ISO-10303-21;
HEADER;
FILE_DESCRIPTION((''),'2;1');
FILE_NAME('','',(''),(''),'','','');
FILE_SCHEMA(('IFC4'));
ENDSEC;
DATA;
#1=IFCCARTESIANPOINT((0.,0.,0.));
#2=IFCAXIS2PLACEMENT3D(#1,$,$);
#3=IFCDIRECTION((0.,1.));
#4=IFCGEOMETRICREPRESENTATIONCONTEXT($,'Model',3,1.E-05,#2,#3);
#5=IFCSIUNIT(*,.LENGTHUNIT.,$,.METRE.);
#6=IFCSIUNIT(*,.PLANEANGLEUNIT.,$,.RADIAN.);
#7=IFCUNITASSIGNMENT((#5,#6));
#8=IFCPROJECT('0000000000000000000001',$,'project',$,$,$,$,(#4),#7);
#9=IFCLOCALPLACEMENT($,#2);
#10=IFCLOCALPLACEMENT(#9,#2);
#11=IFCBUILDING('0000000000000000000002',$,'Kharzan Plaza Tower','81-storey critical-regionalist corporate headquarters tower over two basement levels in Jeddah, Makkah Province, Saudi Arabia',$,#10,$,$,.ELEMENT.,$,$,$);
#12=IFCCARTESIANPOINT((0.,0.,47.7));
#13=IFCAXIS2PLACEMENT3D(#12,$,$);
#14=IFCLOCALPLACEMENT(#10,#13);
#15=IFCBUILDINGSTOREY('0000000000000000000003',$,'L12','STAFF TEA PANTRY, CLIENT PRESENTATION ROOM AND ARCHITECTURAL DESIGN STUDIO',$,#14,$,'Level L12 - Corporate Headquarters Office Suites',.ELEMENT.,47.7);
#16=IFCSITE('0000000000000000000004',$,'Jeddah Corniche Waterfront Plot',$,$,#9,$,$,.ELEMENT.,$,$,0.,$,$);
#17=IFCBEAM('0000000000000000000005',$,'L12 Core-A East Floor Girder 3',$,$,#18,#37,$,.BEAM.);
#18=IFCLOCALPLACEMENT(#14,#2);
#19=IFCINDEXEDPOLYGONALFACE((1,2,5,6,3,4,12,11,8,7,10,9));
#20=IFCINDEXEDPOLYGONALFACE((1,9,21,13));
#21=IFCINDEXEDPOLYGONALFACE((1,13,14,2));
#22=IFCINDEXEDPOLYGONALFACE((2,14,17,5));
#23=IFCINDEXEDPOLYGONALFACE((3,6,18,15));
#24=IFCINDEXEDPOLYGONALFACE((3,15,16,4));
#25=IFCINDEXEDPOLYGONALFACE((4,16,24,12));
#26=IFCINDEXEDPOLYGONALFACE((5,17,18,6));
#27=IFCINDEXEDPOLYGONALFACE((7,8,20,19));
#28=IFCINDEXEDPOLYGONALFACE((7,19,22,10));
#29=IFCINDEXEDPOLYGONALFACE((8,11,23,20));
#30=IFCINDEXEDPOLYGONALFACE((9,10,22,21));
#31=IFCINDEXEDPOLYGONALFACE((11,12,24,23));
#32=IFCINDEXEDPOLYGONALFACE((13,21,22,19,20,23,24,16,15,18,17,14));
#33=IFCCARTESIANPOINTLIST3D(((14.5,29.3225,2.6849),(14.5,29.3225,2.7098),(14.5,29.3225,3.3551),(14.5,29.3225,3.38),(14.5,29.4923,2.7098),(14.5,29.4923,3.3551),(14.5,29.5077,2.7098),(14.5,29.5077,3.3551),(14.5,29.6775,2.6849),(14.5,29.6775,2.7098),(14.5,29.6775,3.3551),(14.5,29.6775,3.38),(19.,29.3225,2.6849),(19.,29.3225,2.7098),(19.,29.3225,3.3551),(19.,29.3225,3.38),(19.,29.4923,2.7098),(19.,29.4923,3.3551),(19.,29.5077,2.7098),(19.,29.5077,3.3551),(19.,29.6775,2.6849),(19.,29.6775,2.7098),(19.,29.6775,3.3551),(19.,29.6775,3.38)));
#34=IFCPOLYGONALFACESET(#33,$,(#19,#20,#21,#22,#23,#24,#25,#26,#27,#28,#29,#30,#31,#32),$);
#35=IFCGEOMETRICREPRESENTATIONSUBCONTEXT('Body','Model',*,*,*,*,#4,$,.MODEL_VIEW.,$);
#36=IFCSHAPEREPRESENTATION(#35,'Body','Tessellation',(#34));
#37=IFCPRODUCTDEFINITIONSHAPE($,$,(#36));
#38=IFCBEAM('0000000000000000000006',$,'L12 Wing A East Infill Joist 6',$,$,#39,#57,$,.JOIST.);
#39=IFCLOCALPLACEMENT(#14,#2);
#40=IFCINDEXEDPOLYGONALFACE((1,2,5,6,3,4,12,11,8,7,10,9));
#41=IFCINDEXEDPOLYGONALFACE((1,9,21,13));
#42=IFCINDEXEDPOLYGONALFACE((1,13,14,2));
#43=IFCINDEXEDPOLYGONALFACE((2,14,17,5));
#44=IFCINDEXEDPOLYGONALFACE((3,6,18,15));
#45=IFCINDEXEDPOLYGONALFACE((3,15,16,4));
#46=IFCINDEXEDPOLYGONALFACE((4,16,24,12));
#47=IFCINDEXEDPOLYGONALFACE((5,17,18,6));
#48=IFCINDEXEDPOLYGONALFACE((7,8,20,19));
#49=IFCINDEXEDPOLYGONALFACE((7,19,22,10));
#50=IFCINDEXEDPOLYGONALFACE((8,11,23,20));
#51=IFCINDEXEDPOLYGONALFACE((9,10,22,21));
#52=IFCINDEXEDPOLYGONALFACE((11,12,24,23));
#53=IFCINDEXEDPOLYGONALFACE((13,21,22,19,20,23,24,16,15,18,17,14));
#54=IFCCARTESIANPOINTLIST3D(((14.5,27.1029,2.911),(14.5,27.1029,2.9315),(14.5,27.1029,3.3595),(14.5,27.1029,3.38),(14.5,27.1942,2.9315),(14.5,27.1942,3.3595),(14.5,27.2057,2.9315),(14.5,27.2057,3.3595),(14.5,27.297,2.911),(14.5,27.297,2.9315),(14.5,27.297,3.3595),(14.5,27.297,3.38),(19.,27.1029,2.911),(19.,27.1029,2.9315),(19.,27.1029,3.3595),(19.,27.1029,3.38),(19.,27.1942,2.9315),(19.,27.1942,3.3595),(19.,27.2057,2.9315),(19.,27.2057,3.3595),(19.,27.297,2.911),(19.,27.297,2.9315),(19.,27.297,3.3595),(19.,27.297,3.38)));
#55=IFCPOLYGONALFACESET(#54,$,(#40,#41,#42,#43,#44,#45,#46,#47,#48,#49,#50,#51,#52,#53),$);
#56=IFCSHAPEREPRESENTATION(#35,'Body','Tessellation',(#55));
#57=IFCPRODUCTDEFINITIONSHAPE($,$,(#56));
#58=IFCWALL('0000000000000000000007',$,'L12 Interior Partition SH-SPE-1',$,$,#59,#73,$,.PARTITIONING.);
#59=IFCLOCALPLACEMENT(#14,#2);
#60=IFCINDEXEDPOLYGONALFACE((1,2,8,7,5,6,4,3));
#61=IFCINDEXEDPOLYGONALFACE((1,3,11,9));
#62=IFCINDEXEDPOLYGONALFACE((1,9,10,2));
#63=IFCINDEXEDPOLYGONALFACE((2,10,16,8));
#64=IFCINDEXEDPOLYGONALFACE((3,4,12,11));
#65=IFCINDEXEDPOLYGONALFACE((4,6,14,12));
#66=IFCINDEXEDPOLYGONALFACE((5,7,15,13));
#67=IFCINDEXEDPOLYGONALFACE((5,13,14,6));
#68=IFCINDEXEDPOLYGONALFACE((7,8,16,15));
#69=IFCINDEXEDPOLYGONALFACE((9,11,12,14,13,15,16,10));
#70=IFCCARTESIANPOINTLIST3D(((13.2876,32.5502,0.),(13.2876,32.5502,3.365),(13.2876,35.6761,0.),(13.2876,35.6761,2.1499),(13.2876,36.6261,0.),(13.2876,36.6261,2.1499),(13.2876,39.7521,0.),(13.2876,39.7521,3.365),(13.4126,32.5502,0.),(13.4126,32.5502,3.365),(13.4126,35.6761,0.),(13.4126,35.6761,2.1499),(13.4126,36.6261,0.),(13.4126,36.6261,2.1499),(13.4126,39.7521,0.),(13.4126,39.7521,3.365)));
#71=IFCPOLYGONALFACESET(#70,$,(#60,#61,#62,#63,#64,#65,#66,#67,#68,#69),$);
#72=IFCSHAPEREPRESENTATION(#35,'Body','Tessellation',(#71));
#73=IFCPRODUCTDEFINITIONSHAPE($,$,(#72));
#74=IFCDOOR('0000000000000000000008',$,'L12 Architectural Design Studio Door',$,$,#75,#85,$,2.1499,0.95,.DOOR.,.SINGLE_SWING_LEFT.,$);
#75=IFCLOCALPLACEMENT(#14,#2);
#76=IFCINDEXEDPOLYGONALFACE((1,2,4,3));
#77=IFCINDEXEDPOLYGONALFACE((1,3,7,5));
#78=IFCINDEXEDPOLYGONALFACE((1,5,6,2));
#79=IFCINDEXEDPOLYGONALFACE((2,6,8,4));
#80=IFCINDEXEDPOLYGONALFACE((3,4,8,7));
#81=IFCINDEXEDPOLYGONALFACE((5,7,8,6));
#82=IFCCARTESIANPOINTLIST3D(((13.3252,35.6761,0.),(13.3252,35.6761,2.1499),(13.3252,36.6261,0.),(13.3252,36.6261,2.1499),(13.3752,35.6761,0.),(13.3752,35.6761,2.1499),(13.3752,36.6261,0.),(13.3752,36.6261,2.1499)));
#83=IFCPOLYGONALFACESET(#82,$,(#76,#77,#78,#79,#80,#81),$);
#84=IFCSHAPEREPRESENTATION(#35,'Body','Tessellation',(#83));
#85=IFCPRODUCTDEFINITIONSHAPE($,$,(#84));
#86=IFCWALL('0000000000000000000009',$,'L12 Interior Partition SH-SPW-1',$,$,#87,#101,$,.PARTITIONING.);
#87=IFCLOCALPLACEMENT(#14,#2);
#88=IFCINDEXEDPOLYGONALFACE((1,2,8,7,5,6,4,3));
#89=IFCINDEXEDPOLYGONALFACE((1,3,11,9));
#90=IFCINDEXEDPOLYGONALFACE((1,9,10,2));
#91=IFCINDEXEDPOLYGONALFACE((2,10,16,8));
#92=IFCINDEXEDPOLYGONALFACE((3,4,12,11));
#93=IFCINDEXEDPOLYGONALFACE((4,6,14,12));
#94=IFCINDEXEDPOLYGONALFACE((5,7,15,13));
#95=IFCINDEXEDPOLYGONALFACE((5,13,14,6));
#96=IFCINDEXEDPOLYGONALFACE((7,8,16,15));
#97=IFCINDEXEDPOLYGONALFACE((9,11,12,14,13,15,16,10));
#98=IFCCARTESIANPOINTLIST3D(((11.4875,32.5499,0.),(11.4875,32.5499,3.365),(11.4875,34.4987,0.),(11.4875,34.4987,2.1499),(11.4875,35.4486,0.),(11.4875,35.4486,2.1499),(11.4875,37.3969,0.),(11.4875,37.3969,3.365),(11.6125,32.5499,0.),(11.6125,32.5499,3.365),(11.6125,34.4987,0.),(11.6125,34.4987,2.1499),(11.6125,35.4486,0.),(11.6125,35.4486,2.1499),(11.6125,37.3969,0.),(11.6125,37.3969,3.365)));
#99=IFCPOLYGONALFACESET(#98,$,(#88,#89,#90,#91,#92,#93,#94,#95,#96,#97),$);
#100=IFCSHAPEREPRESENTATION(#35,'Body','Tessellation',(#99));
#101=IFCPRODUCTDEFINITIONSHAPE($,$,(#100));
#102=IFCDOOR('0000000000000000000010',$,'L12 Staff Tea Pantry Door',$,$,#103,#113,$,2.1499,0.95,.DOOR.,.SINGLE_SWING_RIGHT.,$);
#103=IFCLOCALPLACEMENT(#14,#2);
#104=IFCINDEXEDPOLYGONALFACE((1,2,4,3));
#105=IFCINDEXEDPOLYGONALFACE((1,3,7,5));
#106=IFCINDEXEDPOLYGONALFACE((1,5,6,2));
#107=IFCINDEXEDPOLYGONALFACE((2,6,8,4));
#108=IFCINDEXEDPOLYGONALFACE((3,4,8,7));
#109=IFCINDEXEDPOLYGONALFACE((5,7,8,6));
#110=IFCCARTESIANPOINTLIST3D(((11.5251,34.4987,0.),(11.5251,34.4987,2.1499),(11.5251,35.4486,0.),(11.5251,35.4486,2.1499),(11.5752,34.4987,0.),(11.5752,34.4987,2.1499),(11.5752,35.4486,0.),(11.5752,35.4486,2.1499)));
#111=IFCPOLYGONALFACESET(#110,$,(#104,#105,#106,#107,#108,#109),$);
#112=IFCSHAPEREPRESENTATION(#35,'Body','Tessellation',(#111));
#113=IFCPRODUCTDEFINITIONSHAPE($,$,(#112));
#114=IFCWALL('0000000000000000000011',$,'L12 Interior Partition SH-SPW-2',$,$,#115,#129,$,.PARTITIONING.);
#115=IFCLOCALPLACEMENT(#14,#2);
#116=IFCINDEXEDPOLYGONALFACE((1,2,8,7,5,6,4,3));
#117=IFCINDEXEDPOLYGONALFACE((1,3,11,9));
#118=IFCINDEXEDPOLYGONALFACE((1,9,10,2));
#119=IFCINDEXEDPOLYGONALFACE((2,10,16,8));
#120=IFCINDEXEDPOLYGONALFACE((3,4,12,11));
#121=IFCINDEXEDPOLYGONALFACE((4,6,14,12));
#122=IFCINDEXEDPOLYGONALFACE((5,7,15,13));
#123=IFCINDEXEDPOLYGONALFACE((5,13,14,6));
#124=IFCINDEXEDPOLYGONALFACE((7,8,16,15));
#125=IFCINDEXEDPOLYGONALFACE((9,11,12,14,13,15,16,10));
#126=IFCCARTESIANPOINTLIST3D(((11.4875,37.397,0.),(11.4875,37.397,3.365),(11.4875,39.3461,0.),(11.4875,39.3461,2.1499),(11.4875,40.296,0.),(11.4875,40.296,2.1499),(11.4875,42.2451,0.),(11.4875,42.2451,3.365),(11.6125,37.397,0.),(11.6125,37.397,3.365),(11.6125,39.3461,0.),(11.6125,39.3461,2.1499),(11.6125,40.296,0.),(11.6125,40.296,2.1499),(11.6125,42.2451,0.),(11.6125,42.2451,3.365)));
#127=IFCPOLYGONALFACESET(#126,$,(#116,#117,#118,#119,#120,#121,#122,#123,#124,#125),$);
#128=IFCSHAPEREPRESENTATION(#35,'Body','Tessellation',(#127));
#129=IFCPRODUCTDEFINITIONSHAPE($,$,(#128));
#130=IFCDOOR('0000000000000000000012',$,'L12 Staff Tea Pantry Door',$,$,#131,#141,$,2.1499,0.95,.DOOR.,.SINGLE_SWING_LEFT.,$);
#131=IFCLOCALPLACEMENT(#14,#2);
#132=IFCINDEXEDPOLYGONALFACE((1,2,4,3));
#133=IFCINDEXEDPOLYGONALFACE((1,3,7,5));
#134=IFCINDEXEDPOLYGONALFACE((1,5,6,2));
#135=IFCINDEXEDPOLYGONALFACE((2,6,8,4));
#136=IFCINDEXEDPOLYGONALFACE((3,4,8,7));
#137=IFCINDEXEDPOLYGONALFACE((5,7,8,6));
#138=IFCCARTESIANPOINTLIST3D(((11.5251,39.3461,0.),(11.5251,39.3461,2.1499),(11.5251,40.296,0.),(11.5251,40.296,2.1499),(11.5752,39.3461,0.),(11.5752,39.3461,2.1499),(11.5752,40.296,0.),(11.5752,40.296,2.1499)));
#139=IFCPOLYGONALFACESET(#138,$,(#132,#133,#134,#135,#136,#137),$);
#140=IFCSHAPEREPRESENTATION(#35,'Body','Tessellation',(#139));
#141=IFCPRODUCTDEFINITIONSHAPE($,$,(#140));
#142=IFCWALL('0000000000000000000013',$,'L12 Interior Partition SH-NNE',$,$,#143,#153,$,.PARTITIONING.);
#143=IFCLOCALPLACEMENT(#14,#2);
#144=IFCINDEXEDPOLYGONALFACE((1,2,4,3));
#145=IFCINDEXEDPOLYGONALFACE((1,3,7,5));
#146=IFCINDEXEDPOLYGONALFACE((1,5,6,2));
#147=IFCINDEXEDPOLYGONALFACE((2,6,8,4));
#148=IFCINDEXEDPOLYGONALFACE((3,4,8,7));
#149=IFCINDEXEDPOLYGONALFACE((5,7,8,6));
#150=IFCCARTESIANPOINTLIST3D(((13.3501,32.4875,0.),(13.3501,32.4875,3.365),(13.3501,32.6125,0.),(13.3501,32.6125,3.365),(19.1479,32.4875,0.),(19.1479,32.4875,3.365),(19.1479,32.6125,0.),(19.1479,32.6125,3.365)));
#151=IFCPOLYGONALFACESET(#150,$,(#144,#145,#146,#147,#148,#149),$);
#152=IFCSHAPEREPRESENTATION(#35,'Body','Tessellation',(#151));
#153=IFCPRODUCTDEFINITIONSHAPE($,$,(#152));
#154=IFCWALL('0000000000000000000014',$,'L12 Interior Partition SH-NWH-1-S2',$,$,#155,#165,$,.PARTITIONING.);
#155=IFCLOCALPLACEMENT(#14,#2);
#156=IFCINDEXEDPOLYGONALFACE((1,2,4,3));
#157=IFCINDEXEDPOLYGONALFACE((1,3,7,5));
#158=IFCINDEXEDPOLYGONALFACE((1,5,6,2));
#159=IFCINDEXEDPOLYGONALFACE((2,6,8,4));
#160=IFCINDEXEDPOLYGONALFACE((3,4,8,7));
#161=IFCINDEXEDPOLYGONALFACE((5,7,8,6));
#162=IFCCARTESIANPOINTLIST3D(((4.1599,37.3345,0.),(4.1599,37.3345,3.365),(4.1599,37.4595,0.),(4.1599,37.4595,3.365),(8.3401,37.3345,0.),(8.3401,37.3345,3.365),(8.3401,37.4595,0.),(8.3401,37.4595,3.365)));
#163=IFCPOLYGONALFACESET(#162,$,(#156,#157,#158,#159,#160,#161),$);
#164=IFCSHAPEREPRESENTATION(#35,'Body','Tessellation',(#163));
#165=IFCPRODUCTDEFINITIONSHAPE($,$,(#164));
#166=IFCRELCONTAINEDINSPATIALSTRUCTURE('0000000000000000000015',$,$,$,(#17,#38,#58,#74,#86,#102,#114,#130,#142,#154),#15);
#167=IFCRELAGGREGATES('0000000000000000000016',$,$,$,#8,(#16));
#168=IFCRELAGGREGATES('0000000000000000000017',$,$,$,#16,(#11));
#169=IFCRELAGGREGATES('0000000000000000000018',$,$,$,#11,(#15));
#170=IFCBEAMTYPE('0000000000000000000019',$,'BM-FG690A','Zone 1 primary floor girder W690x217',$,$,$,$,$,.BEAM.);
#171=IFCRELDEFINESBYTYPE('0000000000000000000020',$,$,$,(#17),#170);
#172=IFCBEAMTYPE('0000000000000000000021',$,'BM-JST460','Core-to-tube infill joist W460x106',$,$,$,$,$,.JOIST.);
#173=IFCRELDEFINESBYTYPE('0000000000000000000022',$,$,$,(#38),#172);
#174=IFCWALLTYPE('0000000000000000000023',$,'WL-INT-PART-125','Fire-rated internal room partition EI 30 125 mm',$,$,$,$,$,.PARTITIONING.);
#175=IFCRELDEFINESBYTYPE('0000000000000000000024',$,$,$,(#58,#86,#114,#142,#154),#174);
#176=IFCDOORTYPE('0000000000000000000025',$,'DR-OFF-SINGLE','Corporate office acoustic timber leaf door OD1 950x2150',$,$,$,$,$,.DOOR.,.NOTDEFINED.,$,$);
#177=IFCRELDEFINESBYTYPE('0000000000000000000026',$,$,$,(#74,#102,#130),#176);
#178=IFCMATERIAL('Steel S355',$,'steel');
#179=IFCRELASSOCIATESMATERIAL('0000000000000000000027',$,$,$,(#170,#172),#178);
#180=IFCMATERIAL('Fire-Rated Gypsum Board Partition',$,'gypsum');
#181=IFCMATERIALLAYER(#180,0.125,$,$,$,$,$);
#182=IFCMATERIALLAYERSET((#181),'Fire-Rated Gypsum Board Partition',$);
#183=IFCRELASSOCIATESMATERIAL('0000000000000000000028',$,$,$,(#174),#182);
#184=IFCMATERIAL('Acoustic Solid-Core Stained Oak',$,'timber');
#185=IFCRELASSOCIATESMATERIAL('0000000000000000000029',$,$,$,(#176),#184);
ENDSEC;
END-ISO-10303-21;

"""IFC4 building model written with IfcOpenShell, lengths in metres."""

from ifc_helpers import new_model, si_unit, direction, frame, frame_2d, origin, origin_2d, place, context, subcontext, project, spatial, rectangle, i_section, extrude, source, transform, mapped, material, layer, layer_set, material_profile, profile_set, type_object, element, fill, save


model = new_model("IFC4")

# Units and contexts
model_context = context("Model", 3, precision=1e-05, world=origin(), true_north=direction((0.0, 1.0)))
body_context = subcontext(model_context, "Body", "Model", "MODEL_VIEW")
ifc_project = project(units=[si_unit("LENGTHUNIT", "METRE"), si_unit("PLANEANGLEUNIT", "RADIAN")], contexts=[model_context])

# Site, building, storey
site_placement = place(None, origin())
site = spatial("IfcSite", under=ifc_project, at=site_placement, Name="Jeddah Corniche Waterfront Plot", CompositionType="ELEMENT", RefElevation=0.0)
building_placement = place(site_placement, origin())
building = spatial("IfcBuilding", under=site, at=building_placement, Name="Kharzan Plaza Tower", Description="81-storey critical-regionalist corporate headquarters tower over two basement levels in Jeddah, Makkah Province, Saudi Arabia", CompositionType="ELEMENT")
storey_placement = place(building_placement, frame((0.0, 0.0, 47.7)))
storey = spatial("IfcBuildingStorey", under=building, at=storey_placement, Name="L12", Description="STAFF TEA PANTRY, CLIENT PRESENTATION ROOM AND ARCHITECTURAL DESIGN STUDIO", LongName="Level L12 - Corporate Headquarters Office Suites", CompositionType="ELEMENT", Elevation=47.7)

# Beams
ifc_material_1 = material(Name="Steel S355", Category="steel")
ifc_material_profile_1 = material_profile(ifc_material_1, i_section(OverallWidth=0.355, OverallDepth=0.6951, WebThickness=0.0154, FlangeThickness=0.0249, at=origin_2d()), Name="W690x217")
ifc_profile_set_1 = profile_set([ifc_material_profile_1], Name="Steel S355")
beam_type_1 = type_object("IfcBeamType", Name="BM-FG690A", Description="Zone 1 primary floor girder W690x217", PredefinedType="BEAM", material=ifc_profile_set_1)
shared_shape_1 = source(origin(), body_context, "Body", "SweptSolid", [
    extrude(i_section(OverallWidth=0.355, OverallDepth=0.6951, WebThickness=0.0154, FlangeThickness=0.0249, at=origin_2d()), origin(), (0.0, 0.0, 1.0), 4.5),
])
beam_1_placement = place(storey_placement, frame((14.5, 29.5, 3.0325), z_axis=(1.0, 0.0, 0.0), x_axis=(0.0, 1.0, 0.0)))
element("IfcBeam", 1, at=beam_1_placement, inside=storey, type_object=beam_type_1, Name="L12 Core-A East Floor Girder 3", PredefinedType="BEAM", context=body_context, shape_type="MappedRepresentation", body=[
    mapped(shared_shape_1, transform((0.0, 0.0, 0.0), x_axis=(1.0, 0.0, 0.0), y_axis=(0.0, 1.0, 0.0), z_axis=(0.0, 0.0, 1.0))),
])
ifc_material_profile_2 = material_profile(ifc_material_1, i_section(OverallWidth=0.1941, OverallDepth=0.469, WebThickness=0.0115, FlangeThickness=0.0205, at=origin_2d()), Name="W460x106")
ifc_profile_set_2 = profile_set([ifc_material_profile_2], Name="Steel S355")
beam_type_2 = type_object("IfcBeamType", Name="BM-JST460", Description="Core-to-tube infill joist W460x106", PredefinedType="JOIST", material=ifc_profile_set_2)
shared_shape_2 = source(origin(), body_context, "Body", "SweptSolid", [
    extrude(i_section(OverallWidth=0.1941, OverallDepth=0.469, WebThickness=0.0115, FlangeThickness=0.0205, at=origin_2d()), origin(), (0.0, 0.0, 1.0), 4.5),
])
beam_2_placement = place(storey_placement, frame((14.5, 27.2, 3.1455), z_axis=(1.0, 0.0, 0.0), x_axis=(0.0, 1.0, 0.0)))
element("IfcBeam", 2, at=beam_2_placement, inside=storey, type_object=beam_type_2, Name="L12 Wing A East Infill Joist 6", PredefinedType="JOIST", context=body_context, shape_type="MappedRepresentation", body=[
    mapped(shared_shape_2, transform((0.0, 0.0, 0.0), x_axis=(1.0, 0.0, 0.0), y_axis=(0.0, 1.0, 0.0), z_axis=(0.0, 0.0, 1.0))),
])

# Walls, openings, doors
ifc_material_2 = material(Name="Fire-Rated Gypsum Board Partition", Category="gypsum")
ifc_layer_1 = layer(ifc_material_2, 0.125)
ifc_layer_set_1 = layer_set([ifc_layer_1], Name="Fire-Rated Gypsum Board Partition")
wall_type_1 = type_object("IfcWallType", Name="WL-INT-PART-125", Description="Fire-rated internal room partition EI 30 125 mm", PredefinedType="PARTITIONING", material=ifc_layer_set_1)
wall_1_placement = place(storey_placement, frame((13.3501, 32.55, 0.0), z_axis=(0.0, 0.0, 1.0), x_axis=(0.0, 1.0, 0.0)))
wall_1 = element("IfcWall", 3, at=wall_1_placement, inside=storey, type_object=wall_type_1, Name="L12 Interior Partition SH-SPE-1", PredefinedType="PARTITIONING", context=body_context, shape_type="SweptSolid", body=[
    extrude(rectangle(XDim=7.2019, YDim=0.125, at=frame_2d((3.6011, 0.0))), origin(), (0.0, 0.0, 1.0), 3.365),
])
opening_1_placement = place(wall_1_placement, frame((3.126, 0.0, 0.0)))
opening_1 = element("IfcOpeningElement", 4, at=opening_1_placement, cuts=wall_1, PredefinedType="OPENING", context=body_context, shape_type="SweptSolid", body=[
    extrude(rectangle(XDim=0.95, YDim=2.1499, at=frame_2d((0.4751, 1.075))), frame((0.0, 0.0725, 0.0), z_axis=(0.0, -1.0, 0.0), x_axis=(1.0, 0.0, 0.0)), (0.0, 0.0, 1.0), 0.145),
])
ifc_material_3 = material(Name="Acoustic Solid-Core Stained Oak", Category="timber")
door_type = type_object("IfcDoorType", Name="DR-OFF-SINGLE", Description="Corporate office acoustic timber leaf door OD1 950x2150", OperationType="NOTDEFINED", PredefinedType="DOOR", material=ifc_material_3)
shared_shape_3 = source(origin(), body_context, "Body", "SweptSolid", [
    extrude(rectangle(XDim=0.95, YDim=2.1499, at=frame_2d((0.4751, 1.075))), frame((0.0, 0.0249, 0.0), z_axis=(0.0, -1.0, 0.0), x_axis=(1.0, 0.0, 0.0)), (0.0, 0.0, 1.0), 0.05),
])
door_1_placement = place(opening_1_placement, origin())
door_1 = element("IfcDoor", 5, at=door_1_placement, inside=storey, type_object=door_type, Name="L12 Architectural Design Studio Door", OperationType="SINGLE_SWING_LEFT", OverallHeight=2.1499, OverallWidth=0.95, PredefinedType="DOOR", context=body_context, shape_type="MappedRepresentation", body=[
    mapped(shared_shape_3, transform((0.0, 0.0, 0.0), x_axis=(1.0, 0.0, 0.0), y_axis=(0.0, 1.0, 0.0), z_axis=(0.0, 0.0, 1.0))),
])
fill(opening_1, door_1)
wall_2_placement = place(storey_placement, frame((11.55, 32.55, 0.0), z_axis=(0.0, 0.0, 1.0), x_axis=(0.0, 1.0, 0.0)))
wall_2 = element("IfcWall", 6, at=wall_2_placement, inside=storey, type_object=wall_type_1, Name="L12 Interior Partition SH-SPW-1", PredefinedType="PARTITIONING", context=body_context, shape_type="SweptSolid", body=[
    extrude(rectangle(XDim=4.8469, YDim=0.125, at=frame_2d((2.4233, 0.0))), origin(), (0.0, 0.0, 1.0), 3.365),
])
opening_2_placement = place(wall_2_placement, frame((1.9485, 0.0, 0.0)))
opening_2 = element("IfcOpeningElement", 7, at=opening_2_placement, cuts=wall_2, PredefinedType="OPENING", context=body_context, shape_type="SweptSolid", body=[
    extrude(rectangle(XDim=0.95, YDim=2.1499, at=frame_2d((0.4751, 1.075))), frame((0.0, 0.0725, 0.0), z_axis=(0.0, -1.0, 0.0), x_axis=(1.0, 0.0, 0.0)), (0.0, 0.0, 1.0), 0.145),
])
door_2_placement = place(opening_2_placement, origin())
door_2 = element("IfcDoor", 8, at=door_2_placement, inside=storey, type_object=door_type, Name="L12 Staff Tea Pantry Door", OperationType="SINGLE_SWING_RIGHT", OverallHeight=2.1499, OverallWidth=0.95, PredefinedType="DOOR", context=body_context, shape_type="MappedRepresentation", body=[
    mapped(shared_shape_3, transform((0.0, 0.0, 0.0), x_axis=(1.0, 0.0, 0.0), y_axis=(0.0, 1.0, 0.0), z_axis=(0.0, 0.0, 1.0))),
])
fill(opening_2, door_2)
wall_3_placement = place(storey_placement, frame((11.55, 37.397, 0.0), z_axis=(0.0, 0.0, 1.0), x_axis=(0.0, 1.0, 0.0)))
wall_3 = element("IfcWall", 9, at=wall_3_placement, inside=storey, type_object=wall_type_1, Name="L12 Interior Partition SH-SPW-2", PredefinedType="PARTITIONING", context=body_context, shape_type="SweptSolid", body=[
    extrude(rectangle(XDim=4.8481, YDim=0.125, at=frame_2d((2.4241, 0.0))), origin(), (0.0, 0.0, 1.0), 3.365),
])
opening_3_placement = place(wall_3_placement, frame((1.949, 0.0, 0.0)))
opening_3 = element("IfcOpeningElement", 10, at=opening_3_placement, cuts=wall_3, PredefinedType="OPENING", context=body_context, shape_type="SweptSolid", body=[
    extrude(rectangle(XDim=0.95, YDim=2.1499, at=frame_2d((0.4751, 1.075))), frame((0.0, 0.0725, 0.0), z_axis=(0.0, -1.0, 0.0), x_axis=(1.0, 0.0, 0.0)), (0.0, 0.0, 1.0), 0.145),
])
door_3_placement = place(opening_3_placement, origin())
door_3 = element("IfcDoor", 11, at=door_3_placement, inside=storey, type_object=door_type, Name="L12 Staff Tea Pantry Door", OperationType="SINGLE_SWING_LEFT", OverallHeight=2.1499, OverallWidth=0.95, PredefinedType="DOOR", context=body_context, shape_type="MappedRepresentation", body=[
    mapped(shared_shape_3, transform((0.0, 0.0, 0.0), x_axis=(1.0, 0.0, 0.0), y_axis=(0.0, 1.0, 0.0), z_axis=(0.0, 0.0, 1.0))),
])
fill(opening_3, door_3)

# Walls
shared_shape_4 = source(origin(), body_context, "Body", "SweptSolid", [
    extrude(rectangle(XDim=5.7979, YDim=0.125, at=frame_2d((2.8989, 0.0))), origin(), (0.0, 0.0, 1.0), 3.365),
])
wall_4_placement = place(storey_placement, frame((13.3501, 32.55, 0.0), z_axis=(0.0, 0.0, 1.0), x_axis=(1.0, 0.0, 0.0)))
element("IfcWall", 12, at=wall_4_placement, inside=storey, type_object=wall_type_1, Name="L12 Interior Partition SH-NNE", PredefinedType="PARTITIONING", context=body_context, shape_type="MappedRepresentation", body=[
    mapped(shared_shape_4, transform((0.0, 0.0, 0.0), x_axis=(1.0, 0.0, 0.0), y_axis=(0.0, 1.0, 0.0), z_axis=(0.0, 0.0, 1.0))),
])
shared_shape_5 = source(origin(), body_context, "Body", "SweptSolid", [
    extrude(rectangle(XDim=4.1802, YDim=0.125, at=frame_2d((2.0901, 0.0))), origin(), (0.0, 0.0, 1.0), 3.365),
])
wall_5_placement = place(storey_placement, frame((4.1599, 37.397, 0.0), z_axis=(0.0, 0.0, 1.0), x_axis=(1.0, 0.0, 0.0)))
element("IfcWall", 13, at=wall_5_placement, inside=storey, type_object=wall_type_1, Name="L12 Interior Partition SH-NWH-1-S2", PredefinedType="PARTITIONING", context=body_context, shape_type="MappedRepresentation", body=[
    mapped(shared_shape_5, transform((0.0, 0.0, 0.0), x_axis=(1.0, 0.0, 0.0), y_axis=(0.0, 1.0, 0.0), z_axis=(0.0, 0.0, 1.0))),
])

save(model, "model.ifc")
